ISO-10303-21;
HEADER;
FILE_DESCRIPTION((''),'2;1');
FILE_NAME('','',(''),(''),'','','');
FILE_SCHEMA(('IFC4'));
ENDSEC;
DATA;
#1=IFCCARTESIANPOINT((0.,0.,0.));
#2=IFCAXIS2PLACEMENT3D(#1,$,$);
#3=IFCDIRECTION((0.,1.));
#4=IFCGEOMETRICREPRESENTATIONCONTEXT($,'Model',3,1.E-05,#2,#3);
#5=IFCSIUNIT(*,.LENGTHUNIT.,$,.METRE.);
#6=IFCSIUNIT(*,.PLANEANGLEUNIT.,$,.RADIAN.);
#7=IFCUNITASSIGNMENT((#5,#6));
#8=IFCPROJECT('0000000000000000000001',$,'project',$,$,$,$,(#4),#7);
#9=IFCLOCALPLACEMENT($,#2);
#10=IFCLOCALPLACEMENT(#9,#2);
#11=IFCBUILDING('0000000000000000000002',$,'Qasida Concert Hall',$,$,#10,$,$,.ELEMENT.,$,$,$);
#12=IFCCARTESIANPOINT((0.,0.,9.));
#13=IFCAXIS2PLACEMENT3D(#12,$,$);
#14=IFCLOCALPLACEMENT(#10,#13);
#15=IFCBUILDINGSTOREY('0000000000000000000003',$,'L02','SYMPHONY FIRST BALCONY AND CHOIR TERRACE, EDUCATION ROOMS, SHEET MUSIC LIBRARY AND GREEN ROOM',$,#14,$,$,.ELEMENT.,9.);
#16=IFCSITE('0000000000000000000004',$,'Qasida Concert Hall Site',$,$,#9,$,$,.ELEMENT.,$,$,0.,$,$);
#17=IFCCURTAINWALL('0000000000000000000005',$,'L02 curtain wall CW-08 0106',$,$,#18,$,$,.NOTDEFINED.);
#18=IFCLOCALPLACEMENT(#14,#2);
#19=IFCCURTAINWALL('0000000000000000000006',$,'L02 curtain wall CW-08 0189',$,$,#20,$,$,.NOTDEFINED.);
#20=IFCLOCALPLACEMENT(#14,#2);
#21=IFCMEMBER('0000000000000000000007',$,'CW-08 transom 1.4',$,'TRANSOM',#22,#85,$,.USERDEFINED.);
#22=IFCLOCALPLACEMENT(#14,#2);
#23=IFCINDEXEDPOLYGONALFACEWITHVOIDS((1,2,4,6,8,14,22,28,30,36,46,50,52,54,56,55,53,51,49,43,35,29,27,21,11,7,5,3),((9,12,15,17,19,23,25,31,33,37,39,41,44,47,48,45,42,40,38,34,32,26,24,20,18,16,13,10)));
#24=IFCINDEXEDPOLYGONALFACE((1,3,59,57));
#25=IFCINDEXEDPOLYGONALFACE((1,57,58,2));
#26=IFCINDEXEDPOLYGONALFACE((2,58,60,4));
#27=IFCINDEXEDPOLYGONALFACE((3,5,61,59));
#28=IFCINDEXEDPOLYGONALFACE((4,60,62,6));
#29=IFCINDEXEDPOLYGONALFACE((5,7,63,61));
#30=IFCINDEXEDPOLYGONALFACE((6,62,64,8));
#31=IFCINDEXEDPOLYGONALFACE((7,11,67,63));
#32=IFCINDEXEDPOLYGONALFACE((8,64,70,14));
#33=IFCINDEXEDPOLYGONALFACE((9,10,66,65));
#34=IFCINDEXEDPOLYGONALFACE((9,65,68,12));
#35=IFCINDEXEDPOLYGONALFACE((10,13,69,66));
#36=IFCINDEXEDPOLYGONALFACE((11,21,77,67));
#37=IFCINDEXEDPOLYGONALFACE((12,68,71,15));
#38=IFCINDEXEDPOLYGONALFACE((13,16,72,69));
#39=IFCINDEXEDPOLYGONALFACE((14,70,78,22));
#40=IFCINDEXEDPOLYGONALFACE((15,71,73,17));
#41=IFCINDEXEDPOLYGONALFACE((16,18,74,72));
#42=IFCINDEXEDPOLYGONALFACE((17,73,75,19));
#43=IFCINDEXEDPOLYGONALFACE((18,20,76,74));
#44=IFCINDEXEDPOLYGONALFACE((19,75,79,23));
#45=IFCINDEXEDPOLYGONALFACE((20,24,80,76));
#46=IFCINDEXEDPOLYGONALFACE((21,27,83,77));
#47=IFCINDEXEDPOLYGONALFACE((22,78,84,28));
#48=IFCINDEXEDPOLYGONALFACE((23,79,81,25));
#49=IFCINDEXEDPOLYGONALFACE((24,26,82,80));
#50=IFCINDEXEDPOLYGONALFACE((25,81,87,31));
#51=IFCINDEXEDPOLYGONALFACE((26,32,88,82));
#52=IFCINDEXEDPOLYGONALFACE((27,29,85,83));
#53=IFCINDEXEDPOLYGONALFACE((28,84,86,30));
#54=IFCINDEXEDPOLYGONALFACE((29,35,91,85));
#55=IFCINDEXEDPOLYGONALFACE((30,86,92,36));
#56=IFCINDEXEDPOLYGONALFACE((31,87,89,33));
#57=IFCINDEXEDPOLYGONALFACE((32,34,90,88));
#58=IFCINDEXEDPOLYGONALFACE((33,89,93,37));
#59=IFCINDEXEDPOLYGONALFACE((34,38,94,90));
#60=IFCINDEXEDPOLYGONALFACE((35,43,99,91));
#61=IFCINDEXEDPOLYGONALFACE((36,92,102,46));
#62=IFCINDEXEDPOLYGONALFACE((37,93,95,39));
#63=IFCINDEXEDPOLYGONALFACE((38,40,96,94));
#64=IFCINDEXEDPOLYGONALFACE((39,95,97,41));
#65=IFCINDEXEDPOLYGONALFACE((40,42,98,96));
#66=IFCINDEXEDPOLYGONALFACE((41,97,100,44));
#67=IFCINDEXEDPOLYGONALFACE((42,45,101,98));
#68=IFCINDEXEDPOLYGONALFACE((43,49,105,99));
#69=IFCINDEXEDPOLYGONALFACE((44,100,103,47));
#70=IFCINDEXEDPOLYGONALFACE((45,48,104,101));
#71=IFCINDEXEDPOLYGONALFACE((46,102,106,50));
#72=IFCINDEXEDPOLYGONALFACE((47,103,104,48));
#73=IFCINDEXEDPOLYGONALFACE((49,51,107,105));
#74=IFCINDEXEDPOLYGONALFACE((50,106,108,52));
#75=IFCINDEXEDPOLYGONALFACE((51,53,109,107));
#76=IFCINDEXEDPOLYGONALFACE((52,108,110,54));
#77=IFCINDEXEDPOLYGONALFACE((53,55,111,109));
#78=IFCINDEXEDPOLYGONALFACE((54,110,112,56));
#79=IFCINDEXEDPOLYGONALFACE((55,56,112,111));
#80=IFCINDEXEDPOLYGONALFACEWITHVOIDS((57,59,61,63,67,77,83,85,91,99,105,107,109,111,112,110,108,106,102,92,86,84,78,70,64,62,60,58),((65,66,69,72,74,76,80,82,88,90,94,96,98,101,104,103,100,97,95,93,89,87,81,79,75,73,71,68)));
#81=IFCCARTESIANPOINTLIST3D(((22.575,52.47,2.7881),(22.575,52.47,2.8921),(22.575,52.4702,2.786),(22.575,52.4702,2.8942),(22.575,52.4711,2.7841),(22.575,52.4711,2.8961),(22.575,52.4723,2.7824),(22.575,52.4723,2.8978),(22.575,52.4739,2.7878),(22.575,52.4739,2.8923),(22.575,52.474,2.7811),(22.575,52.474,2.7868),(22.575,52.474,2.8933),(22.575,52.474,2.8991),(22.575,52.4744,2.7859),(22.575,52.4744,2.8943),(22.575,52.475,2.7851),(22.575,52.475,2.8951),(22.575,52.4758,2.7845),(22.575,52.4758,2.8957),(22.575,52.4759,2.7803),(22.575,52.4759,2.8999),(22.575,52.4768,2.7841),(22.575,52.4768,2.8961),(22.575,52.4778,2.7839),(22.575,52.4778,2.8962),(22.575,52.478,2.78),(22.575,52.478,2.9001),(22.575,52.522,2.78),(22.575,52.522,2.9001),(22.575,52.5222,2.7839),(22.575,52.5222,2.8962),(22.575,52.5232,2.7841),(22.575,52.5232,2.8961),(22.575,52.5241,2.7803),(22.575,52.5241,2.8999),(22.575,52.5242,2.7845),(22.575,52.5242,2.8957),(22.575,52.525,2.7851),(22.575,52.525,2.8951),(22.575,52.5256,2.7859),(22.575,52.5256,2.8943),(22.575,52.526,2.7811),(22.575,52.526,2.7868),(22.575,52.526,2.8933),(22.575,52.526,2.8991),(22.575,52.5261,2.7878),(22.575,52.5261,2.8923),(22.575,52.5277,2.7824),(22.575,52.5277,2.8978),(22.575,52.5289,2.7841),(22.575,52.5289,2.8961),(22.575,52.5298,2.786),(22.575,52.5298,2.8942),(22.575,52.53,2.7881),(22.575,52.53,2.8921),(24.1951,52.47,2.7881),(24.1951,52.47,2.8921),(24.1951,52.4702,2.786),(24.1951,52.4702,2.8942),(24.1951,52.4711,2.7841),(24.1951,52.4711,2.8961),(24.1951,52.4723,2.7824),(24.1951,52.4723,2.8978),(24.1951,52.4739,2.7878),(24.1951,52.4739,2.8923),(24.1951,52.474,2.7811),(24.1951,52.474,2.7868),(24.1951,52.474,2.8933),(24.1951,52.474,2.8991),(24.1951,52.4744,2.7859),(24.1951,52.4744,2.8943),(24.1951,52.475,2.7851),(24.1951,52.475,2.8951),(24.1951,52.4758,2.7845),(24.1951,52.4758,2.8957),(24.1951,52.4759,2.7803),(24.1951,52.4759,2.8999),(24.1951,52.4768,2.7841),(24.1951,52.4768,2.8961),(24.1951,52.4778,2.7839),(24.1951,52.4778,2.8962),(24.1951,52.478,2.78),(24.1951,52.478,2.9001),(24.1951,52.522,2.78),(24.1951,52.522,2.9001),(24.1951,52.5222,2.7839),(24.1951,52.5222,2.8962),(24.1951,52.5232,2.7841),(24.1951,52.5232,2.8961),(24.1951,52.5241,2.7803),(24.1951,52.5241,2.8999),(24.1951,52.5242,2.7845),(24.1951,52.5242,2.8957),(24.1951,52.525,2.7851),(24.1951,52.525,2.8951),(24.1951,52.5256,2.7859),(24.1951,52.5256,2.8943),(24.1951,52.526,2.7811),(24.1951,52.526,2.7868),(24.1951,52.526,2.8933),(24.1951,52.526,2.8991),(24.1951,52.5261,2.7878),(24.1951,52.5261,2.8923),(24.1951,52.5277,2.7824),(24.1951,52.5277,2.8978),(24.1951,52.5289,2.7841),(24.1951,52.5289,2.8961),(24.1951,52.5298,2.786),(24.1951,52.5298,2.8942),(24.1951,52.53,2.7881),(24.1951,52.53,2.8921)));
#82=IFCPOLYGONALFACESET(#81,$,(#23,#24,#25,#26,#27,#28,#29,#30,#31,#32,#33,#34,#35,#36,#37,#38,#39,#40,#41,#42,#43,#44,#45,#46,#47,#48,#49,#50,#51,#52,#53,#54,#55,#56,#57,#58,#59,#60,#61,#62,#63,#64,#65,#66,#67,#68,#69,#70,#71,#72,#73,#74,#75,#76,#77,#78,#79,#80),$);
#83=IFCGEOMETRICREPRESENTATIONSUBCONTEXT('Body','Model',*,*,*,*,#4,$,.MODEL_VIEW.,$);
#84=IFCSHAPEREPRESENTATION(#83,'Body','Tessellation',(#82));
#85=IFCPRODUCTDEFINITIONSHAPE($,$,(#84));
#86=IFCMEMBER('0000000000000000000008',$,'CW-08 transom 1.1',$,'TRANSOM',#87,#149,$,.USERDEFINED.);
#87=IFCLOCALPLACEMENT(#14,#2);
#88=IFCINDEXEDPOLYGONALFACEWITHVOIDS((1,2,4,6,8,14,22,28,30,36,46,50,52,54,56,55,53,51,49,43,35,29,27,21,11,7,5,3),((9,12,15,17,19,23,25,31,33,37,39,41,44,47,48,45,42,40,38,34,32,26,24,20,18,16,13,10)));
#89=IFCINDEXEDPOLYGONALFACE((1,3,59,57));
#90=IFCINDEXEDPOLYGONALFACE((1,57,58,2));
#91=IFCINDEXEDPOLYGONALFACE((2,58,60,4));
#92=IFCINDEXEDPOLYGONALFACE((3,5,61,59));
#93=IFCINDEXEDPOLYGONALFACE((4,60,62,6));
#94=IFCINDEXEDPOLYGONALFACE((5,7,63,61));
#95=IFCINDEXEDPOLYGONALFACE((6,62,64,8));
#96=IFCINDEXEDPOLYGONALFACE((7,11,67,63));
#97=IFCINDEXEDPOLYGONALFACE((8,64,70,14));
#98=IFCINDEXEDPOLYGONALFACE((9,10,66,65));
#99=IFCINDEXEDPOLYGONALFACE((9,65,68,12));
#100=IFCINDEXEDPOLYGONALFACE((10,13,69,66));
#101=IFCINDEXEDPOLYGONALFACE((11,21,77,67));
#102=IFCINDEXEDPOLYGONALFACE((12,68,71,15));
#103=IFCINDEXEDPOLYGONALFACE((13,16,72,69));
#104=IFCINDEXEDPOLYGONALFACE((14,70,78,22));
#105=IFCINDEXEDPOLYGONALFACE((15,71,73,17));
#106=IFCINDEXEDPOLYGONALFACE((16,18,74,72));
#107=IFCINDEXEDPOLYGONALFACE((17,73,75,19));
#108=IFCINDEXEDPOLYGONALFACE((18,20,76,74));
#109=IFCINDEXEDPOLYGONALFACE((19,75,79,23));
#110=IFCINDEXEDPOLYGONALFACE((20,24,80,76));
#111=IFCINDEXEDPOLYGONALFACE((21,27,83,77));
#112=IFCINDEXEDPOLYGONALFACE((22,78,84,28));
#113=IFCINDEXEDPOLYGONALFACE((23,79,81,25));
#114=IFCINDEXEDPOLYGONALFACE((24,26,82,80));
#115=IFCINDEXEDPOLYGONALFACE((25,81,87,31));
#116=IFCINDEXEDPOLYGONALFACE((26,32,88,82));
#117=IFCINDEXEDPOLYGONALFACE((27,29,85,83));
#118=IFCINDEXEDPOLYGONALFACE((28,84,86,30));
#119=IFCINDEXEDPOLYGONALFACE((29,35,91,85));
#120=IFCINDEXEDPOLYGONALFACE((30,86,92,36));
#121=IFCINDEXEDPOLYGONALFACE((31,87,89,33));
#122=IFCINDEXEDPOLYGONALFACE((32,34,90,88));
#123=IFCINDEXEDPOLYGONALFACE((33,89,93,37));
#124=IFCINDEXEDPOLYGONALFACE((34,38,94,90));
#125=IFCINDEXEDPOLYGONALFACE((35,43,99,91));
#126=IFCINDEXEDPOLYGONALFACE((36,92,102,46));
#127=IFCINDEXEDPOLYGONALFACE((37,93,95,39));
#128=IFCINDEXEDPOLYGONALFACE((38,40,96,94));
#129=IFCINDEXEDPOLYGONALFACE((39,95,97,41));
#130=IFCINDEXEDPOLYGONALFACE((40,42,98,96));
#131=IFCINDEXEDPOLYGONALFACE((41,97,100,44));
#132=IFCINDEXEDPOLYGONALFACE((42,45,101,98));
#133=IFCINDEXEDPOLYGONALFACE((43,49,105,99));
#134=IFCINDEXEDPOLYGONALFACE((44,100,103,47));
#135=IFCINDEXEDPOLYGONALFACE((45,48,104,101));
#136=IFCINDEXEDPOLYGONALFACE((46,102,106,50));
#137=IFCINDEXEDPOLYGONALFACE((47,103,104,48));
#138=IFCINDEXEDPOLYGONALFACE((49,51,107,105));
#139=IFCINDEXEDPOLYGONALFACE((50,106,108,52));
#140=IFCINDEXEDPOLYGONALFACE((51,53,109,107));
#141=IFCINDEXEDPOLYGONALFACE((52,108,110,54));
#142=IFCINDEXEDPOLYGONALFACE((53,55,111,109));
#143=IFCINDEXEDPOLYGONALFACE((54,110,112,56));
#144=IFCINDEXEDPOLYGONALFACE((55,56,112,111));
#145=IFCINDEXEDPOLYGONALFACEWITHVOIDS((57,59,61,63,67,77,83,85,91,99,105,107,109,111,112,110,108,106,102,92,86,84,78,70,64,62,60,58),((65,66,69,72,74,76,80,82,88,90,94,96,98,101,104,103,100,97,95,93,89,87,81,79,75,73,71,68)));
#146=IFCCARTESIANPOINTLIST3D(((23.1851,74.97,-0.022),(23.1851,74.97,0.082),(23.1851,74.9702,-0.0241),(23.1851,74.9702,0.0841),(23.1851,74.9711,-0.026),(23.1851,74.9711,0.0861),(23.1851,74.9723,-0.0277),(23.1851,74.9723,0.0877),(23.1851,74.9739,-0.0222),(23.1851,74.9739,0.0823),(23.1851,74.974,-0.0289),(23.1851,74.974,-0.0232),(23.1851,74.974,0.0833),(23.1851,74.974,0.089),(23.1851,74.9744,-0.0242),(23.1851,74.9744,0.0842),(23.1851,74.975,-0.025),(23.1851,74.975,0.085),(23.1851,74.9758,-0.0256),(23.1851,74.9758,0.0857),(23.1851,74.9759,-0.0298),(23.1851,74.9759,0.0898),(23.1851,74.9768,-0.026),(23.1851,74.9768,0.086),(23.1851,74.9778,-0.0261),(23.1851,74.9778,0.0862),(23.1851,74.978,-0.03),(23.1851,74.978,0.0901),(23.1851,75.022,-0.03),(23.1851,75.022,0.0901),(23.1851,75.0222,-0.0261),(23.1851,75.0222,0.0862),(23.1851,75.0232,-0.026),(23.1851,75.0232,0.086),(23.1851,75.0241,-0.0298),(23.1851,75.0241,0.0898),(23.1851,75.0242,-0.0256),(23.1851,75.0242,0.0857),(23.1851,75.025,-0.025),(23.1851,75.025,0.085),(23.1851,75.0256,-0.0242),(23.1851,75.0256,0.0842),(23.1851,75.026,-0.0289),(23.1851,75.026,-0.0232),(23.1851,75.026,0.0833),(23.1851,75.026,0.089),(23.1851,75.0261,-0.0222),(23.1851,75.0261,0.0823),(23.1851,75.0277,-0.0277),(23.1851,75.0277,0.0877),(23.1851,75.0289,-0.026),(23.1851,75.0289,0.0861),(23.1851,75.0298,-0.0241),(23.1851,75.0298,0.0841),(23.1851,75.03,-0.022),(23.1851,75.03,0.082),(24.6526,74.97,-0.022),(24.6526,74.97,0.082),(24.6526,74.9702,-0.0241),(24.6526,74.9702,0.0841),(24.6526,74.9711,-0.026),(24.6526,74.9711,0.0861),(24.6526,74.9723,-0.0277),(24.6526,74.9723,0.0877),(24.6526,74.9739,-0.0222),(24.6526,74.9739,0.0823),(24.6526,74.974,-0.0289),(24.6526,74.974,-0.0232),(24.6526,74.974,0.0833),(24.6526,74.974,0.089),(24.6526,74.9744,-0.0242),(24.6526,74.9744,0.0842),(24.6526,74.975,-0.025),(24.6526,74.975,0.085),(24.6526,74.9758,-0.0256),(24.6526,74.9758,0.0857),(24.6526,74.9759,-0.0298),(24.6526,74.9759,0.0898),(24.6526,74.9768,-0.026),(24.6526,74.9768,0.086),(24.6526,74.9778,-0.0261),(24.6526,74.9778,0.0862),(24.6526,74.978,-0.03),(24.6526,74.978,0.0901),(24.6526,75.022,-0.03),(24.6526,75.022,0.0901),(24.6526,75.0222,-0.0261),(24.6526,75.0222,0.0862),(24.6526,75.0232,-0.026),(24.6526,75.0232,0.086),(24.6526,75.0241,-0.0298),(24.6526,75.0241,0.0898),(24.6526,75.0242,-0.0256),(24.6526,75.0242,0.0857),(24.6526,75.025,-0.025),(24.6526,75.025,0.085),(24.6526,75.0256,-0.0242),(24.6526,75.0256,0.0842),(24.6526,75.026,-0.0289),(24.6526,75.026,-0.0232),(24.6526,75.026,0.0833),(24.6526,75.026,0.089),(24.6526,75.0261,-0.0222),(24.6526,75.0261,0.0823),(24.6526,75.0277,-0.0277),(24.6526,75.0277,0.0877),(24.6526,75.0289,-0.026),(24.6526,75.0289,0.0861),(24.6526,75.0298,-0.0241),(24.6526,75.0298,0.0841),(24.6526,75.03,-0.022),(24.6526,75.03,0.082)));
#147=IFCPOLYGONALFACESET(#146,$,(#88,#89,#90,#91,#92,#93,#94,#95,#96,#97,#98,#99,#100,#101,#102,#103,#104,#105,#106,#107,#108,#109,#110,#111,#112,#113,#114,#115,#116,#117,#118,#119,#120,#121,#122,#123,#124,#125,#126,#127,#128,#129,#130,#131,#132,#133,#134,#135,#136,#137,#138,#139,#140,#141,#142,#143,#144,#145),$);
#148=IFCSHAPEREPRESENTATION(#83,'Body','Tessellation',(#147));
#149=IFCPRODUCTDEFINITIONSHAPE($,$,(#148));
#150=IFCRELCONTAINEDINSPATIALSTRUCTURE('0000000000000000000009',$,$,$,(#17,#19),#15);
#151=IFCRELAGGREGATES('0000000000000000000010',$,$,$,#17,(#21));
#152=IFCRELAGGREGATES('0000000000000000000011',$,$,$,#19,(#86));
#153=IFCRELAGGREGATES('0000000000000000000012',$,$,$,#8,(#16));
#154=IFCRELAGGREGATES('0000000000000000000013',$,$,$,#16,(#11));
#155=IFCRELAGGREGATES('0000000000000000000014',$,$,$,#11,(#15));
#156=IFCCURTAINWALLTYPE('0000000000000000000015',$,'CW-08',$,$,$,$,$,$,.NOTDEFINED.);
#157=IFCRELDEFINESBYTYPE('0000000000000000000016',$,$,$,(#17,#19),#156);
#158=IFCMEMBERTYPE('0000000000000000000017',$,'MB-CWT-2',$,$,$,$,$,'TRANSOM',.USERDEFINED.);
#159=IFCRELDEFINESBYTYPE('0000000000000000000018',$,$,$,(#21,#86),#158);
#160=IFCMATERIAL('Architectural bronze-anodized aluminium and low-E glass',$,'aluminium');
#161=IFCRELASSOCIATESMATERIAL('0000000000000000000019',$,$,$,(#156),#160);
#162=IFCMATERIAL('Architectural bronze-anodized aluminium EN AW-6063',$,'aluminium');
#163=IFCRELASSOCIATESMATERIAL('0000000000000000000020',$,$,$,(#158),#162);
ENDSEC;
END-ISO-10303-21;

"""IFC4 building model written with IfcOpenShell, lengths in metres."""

from ifc_helpers import new_model, si_unit, direction, frame, origin, origin_2d, place, context, subcontext, project, spatial, hollow_rectangle, extrude, material, material_profile, profile_set, type_object, element, aggregate, save


model = new_model("IFC4")

# Units and contexts
model_context = context("Model", 3, precision=1e-05, world=origin(), true_north=direction((0.0, 1.0)))
body_context = subcontext(model_context, "Body", "Model", "MODEL_VIEW")
ifc_project = project(units=[si_unit("LENGTHUNIT", "METRE"), si_unit("PLANEANGLEUNIT", "RADIAN")], contexts=[model_context])

# Site, building, storey
site_placement = place(None, origin())
site = spatial("IfcSite", under=ifc_project, at=site_placement, Name="Qasida Concert Hall Site", CompositionType="ELEMENT", RefElevation=0.0)
building_placement = place(site_placement, origin())
building = spatial("IfcBuilding", under=site, at=building_placement, Name="Qasida Concert Hall", CompositionType="ELEMENT")
storey_placement = place(building_placement, frame((0.0, 0.0, 9.0)))
storey = spatial("IfcBuildingStorey", under=building, at=storey_placement, Name="L02", Description="SYMPHONY FIRST BALCONY AND CHOIR TERRACE, EDUCATION ROOMS, SHEET MUSIC LIBRARY AND GREEN ROOM", CompositionType="ELEMENT", Elevation=9.0)

# Shared definitions
ifc_material_1 = material(Name="Architectural bronze-anodized aluminium and low-E glass", Category="aluminium")
curtain_wall_type = type_object("IfcCurtainWallType", Name="CW-08", PredefinedType="NOTDEFINED", material=ifc_material_1)
ifc_material_2 = material(Name="Architectural bronze-anodized aluminium EN AW-6063", Category="aluminium")

# Curtain walls
curtain_wall_1_placement = place(storey_placement, origin())
curtain_wall_1 = element("IfcCurtainWall", 1, at=curtain_wall_1_placement, inside=storey, type_object=curtain_wall_type, Name="L02 curtain wall CW-08 0106", PredefinedType="NOTDEFINED")
curtain_wall_2_placement = place(storey_placement, origin())
curtain_wall_2 = element("IfcCurtainWall", 2, at=curtain_wall_2_placement, inside=storey, type_object=curtain_wall_type, Name="L02 curtain wall CW-08 0189", PredefinedType="NOTDEFINED")

# Members
ifc_material_profile_1 = material_profile(ifc_material_2, hollow_rectangle(XDim=0.0601, YDim=0.1201, WallThickness=0.0039, InnerFilletRadius=0.0039, OuterFilletRadius=0.0081, at=origin_2d()), Name="CWT 120x60x4")
ifc_profile_set_1 = profile_set([ifc_material_profile_1], Name="Architectural bronze-anodized aluminium EN AW-6063")
member_type_1 = type_object("IfcMemberType", Name="MB-CWT-2", ElementType="TRANSOM", PredefinedType="USERDEFINED", material=ifc_profile_set_1)
member_1_placement = place(storey_placement, frame((22.575, 52.5, 2.8401), z_axis=(1.0, 0.0, 0.0), x_axis=(0.0, 1.0, 0.0)))
member_1 = element("IfcMember", 3, at=member_1_placement, type_object=member_type_1, Name="CW-08 transom 1.4", ObjectType="TRANSOM", PredefinedType="USERDEFINED", context=body_context, shape_type="SweptSolid", body=[
    extrude(hollow_rectangle(XDim=0.0601, YDim=0.1201, WallThickness=0.0039, InnerFilletRadius=0.0039, OuterFilletRadius=0.0081, at=origin_2d()), origin(), (0.0, 0.0, 1.0), 1.6201),
])
aggregate(curtain_wall_1, [member_1])
member_2_placement = place(storey_placement, frame((23.1851, 75.0, 0.03), z_axis=(1.0, 0.0, 0.0), x_axis=(0.0, 1.0, 0.0)))
member_2 = element("IfcMember", 4, at=member_2_placement, type_object=member_type_1, Name="CW-08 transom 1.1", ObjectType="TRANSOM", PredefinedType="USERDEFINED", context=body_context, shape_type="SweptSolid", body=[
    extrude(hollow_rectangle(XDim=0.0601, YDim=0.1201, WallThickness=0.0039, InnerFilletRadius=0.0039, OuterFilletRadius=0.0081, at=origin_2d()), origin(), (0.0, 0.0, 1.0), 1.4675),
])
aggregate(curtain_wall_2, [member_2])

save(model, "model.ifc")
